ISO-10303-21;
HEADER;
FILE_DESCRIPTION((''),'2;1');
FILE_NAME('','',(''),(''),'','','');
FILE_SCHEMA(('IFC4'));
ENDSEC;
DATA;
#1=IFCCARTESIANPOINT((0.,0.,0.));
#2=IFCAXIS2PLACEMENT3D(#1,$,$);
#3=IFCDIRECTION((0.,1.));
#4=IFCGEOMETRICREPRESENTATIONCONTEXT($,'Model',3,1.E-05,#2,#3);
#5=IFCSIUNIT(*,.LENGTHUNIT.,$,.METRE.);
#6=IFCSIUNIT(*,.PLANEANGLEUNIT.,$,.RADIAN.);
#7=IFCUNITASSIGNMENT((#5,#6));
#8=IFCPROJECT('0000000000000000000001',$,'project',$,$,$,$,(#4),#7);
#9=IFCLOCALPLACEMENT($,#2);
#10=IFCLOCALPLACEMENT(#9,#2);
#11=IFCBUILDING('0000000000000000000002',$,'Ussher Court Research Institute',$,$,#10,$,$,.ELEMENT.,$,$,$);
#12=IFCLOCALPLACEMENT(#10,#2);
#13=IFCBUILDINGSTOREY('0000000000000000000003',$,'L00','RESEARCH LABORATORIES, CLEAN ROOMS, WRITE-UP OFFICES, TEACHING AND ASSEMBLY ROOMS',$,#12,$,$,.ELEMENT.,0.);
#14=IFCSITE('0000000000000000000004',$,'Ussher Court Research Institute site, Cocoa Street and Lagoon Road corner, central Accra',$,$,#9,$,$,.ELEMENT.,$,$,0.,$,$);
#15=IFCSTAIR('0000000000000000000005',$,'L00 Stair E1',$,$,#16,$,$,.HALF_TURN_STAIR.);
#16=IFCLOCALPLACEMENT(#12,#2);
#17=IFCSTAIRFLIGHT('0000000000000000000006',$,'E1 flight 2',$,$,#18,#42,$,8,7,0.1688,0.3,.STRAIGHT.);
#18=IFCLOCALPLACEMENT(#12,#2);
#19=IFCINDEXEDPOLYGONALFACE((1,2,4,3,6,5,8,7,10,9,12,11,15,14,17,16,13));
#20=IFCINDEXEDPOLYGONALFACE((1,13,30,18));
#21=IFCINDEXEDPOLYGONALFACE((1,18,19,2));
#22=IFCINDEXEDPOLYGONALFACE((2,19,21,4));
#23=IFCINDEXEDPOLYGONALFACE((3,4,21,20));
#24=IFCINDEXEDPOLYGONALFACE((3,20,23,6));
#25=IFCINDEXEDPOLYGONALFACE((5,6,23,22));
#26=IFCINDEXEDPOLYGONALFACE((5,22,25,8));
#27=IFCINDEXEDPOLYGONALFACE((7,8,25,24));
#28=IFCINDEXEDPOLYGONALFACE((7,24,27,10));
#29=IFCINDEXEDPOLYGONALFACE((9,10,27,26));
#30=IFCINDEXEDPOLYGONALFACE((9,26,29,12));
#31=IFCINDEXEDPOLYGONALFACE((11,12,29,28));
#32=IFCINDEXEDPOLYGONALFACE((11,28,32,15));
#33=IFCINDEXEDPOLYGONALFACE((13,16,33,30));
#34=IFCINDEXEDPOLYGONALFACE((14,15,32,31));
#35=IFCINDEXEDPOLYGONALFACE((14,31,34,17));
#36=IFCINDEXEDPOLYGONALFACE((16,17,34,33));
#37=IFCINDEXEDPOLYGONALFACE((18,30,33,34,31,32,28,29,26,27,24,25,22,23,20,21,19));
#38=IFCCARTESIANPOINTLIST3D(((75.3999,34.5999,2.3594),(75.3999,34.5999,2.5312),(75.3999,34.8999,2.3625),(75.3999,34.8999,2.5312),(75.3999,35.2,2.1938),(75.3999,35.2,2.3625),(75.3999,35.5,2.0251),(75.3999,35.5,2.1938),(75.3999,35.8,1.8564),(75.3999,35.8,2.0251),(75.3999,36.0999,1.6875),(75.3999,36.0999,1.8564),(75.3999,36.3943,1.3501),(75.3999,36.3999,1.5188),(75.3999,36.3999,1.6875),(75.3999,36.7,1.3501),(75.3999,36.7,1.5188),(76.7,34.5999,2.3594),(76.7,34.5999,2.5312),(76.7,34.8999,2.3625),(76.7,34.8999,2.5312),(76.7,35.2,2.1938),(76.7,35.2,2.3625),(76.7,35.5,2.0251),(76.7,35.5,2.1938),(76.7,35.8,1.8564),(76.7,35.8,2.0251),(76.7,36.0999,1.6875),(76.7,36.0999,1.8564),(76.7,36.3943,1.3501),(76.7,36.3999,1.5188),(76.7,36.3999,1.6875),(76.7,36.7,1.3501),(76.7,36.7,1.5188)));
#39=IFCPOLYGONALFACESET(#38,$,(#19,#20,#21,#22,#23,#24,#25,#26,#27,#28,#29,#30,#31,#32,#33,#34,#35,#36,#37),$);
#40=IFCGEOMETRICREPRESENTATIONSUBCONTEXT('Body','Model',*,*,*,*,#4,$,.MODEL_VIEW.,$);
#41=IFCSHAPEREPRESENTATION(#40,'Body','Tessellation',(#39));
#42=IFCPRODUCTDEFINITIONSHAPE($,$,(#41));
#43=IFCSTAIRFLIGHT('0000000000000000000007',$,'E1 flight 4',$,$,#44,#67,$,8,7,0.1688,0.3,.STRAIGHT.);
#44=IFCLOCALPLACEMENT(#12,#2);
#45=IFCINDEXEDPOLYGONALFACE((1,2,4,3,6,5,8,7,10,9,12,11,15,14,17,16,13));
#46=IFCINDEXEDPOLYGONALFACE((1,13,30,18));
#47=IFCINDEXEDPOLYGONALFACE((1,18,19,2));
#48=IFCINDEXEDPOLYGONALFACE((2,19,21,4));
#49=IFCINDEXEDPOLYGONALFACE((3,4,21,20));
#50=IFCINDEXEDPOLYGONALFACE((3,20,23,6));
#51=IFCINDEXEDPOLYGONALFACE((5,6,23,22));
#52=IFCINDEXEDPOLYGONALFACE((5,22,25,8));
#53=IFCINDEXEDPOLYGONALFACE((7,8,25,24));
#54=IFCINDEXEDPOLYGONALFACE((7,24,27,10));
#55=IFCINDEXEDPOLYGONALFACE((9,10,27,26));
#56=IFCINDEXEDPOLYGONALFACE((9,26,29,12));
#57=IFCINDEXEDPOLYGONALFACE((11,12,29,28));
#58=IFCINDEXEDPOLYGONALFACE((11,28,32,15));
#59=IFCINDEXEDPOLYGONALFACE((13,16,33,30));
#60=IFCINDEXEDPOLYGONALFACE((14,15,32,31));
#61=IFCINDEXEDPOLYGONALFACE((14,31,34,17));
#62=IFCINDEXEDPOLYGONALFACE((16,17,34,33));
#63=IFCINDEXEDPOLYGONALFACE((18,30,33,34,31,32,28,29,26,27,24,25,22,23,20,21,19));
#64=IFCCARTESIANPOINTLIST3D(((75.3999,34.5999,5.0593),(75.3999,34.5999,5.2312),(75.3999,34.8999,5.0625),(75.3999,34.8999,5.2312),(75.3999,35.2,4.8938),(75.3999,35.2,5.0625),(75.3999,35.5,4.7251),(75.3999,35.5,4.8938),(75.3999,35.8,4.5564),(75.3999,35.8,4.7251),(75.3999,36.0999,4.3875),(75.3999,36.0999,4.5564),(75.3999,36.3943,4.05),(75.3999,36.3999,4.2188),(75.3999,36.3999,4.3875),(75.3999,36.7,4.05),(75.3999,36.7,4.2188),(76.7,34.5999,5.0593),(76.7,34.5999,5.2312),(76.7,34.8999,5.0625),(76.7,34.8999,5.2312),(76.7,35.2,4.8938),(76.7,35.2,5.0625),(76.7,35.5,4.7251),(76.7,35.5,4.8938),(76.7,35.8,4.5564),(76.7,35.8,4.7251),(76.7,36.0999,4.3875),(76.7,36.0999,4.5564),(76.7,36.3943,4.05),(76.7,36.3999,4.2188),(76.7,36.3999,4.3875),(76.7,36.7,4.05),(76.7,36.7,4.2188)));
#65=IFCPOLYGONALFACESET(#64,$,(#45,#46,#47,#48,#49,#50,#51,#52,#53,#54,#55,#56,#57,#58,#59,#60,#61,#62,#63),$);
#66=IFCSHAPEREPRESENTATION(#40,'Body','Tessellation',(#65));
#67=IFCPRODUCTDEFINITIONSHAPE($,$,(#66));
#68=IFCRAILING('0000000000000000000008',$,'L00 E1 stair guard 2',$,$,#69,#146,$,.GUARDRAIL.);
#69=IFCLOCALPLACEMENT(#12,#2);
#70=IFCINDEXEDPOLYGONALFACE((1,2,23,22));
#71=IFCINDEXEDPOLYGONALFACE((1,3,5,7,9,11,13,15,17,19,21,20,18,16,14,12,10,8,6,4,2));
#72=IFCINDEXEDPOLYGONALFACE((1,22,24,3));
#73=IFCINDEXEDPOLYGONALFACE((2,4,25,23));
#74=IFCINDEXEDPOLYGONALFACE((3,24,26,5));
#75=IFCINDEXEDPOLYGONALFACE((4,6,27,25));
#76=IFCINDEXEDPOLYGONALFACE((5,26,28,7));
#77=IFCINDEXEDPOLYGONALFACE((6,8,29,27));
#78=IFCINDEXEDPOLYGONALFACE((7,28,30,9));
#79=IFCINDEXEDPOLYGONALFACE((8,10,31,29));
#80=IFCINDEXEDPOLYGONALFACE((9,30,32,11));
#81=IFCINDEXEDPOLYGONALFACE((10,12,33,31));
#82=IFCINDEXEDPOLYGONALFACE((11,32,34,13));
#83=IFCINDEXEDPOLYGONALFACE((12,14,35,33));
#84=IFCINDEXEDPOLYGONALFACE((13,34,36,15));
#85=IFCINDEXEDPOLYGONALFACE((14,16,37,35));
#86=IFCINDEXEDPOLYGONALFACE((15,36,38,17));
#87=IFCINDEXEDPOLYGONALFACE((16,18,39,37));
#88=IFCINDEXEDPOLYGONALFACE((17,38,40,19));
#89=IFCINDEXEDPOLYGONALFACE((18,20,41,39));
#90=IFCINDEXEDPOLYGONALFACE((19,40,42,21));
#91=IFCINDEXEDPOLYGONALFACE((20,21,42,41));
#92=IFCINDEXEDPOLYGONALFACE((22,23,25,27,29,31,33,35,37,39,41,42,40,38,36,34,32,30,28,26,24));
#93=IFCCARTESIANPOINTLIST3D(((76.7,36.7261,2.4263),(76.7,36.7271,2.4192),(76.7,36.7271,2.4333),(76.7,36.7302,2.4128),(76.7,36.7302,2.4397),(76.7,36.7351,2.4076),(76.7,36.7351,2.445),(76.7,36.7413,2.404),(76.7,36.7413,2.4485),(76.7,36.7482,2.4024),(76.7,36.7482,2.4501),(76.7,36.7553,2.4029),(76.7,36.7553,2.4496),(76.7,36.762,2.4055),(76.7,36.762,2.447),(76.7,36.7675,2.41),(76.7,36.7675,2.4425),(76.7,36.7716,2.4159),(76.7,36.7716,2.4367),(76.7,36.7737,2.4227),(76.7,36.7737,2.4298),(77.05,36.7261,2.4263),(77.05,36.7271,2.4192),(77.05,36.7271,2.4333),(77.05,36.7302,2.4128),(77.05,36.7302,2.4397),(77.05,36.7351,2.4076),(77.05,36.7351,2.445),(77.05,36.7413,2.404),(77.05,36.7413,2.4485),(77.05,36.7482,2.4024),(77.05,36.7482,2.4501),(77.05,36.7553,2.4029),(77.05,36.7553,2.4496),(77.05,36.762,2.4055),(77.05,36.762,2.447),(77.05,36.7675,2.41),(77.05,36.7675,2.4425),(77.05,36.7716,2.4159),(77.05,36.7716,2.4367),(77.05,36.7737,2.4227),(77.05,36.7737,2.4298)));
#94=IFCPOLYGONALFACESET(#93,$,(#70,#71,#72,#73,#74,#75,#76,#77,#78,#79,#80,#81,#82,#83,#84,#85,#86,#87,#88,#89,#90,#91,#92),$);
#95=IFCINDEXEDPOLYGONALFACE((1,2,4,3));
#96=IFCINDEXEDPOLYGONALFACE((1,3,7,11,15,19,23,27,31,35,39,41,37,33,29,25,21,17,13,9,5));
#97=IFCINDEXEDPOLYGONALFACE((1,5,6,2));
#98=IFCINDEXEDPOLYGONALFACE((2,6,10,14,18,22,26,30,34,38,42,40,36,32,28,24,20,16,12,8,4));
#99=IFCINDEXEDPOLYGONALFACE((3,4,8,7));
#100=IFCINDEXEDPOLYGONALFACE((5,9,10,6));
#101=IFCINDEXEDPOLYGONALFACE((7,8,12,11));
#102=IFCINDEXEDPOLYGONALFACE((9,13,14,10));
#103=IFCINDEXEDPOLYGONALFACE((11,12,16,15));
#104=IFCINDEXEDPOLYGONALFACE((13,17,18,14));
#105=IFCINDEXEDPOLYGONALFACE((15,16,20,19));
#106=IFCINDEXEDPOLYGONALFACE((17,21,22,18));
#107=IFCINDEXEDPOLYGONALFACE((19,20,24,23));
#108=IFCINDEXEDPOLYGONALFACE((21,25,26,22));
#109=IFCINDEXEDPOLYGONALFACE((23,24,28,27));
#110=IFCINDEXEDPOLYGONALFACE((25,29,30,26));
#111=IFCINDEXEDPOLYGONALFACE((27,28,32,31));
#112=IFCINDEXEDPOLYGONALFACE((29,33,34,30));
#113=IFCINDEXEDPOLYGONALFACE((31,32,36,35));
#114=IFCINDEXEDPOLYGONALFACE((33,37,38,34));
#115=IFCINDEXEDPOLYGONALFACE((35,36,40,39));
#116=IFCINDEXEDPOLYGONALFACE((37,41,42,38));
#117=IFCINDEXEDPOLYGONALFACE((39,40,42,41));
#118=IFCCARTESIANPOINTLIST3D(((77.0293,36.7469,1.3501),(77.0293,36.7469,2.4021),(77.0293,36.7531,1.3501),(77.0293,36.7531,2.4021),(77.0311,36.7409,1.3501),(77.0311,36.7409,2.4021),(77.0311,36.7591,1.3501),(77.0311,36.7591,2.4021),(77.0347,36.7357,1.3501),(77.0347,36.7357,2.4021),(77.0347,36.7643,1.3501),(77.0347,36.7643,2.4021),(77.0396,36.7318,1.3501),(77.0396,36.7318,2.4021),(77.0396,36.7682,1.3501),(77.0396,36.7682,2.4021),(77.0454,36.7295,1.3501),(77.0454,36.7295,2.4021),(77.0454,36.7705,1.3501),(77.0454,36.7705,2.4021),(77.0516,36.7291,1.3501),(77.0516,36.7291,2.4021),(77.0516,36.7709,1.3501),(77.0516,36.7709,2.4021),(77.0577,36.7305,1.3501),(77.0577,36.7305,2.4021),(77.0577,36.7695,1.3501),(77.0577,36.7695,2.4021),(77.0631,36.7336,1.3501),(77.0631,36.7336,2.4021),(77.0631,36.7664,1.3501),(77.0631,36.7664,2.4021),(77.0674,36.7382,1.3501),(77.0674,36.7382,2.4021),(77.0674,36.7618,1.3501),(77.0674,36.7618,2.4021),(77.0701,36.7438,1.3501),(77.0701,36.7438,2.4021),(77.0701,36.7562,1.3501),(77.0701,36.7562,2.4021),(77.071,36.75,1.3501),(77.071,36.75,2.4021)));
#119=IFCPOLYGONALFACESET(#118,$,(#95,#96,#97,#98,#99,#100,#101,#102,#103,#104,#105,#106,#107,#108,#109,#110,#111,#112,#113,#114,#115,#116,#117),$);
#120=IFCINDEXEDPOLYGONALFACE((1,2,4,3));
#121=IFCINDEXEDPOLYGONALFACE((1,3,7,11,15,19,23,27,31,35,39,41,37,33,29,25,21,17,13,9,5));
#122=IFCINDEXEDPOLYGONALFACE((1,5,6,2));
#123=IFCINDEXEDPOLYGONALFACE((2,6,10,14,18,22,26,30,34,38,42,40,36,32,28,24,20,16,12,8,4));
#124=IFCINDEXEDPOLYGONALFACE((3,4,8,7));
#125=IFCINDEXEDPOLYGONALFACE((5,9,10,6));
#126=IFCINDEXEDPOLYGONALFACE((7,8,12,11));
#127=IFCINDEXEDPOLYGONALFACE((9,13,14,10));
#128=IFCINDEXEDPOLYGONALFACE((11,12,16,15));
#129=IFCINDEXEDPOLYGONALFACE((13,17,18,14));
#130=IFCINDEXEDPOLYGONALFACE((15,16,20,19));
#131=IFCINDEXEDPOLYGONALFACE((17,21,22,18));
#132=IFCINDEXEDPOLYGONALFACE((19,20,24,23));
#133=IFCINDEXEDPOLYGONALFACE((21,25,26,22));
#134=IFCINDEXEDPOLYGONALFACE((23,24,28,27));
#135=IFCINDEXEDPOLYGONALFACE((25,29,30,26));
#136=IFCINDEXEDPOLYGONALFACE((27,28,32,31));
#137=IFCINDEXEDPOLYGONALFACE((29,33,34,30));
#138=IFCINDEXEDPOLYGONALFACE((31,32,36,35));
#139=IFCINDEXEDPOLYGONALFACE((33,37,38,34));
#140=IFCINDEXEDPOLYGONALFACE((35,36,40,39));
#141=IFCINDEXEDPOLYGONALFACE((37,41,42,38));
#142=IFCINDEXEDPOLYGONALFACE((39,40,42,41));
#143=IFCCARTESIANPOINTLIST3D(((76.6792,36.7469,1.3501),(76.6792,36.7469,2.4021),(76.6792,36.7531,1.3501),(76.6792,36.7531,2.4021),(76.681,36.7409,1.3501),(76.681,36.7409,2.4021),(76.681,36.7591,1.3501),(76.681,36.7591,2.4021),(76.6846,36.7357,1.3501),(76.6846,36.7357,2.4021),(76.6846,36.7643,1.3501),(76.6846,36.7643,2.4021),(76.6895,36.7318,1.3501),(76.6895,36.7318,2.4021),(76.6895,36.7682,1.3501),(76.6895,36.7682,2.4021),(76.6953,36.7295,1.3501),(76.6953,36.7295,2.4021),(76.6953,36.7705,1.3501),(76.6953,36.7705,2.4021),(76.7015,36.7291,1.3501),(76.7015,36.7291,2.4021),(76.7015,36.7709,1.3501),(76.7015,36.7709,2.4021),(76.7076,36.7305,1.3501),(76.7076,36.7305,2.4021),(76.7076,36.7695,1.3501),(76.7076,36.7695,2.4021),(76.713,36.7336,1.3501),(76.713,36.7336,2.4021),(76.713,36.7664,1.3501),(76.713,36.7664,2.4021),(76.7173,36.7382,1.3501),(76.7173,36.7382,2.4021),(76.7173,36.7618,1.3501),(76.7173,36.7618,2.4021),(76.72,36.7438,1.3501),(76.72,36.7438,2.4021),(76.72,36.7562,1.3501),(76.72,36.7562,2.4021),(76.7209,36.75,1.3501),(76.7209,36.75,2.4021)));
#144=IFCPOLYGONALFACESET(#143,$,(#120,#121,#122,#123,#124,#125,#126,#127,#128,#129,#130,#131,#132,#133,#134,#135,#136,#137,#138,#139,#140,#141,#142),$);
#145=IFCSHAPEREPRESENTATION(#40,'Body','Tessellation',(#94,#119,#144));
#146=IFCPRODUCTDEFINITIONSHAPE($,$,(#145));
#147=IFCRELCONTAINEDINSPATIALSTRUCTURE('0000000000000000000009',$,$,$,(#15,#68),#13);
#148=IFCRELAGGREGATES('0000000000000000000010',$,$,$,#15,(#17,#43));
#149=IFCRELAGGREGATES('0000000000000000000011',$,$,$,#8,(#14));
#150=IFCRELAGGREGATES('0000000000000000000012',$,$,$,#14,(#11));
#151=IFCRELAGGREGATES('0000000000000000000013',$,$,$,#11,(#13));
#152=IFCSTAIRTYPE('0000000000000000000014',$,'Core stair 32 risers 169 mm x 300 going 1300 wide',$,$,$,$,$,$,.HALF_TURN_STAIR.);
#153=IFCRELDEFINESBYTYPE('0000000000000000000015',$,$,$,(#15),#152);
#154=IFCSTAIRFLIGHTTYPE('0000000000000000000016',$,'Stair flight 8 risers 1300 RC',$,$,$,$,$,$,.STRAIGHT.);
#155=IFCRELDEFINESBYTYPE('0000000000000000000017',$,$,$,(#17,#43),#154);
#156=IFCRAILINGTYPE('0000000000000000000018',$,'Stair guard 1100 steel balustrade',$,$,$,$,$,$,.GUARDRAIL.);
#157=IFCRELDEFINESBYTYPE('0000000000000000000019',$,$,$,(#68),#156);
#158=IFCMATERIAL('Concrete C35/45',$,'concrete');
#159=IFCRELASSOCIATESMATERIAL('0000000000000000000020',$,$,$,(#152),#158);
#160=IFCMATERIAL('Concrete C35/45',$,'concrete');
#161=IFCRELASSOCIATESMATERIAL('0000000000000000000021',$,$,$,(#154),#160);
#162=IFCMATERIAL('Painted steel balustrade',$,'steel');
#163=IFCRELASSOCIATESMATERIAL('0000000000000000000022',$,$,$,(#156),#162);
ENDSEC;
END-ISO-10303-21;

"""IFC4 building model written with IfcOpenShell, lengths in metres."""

from ifc_helpers import new_model, si_unit, direction, frame, origin, origin_2d, place, context, subcontext, project, spatial, polyline, circle, outline, extrude, material, type_object, element, aggregate, save


model = new_model("IFC4")

# Units and contexts
model_context = context("Model", 3, precision=1e-05, world=origin(), true_north=direction((0.0, 1.0)))
body_context = subcontext(model_context, "Body", "Model", "MODEL_VIEW")
ifc_project = project(units=[si_unit("LENGTHUNIT", "METRE"), si_unit("PLANEANGLEUNIT", "RADIAN")], contexts=[model_context])

# Site, building, storey
site_placement = place(None, origin())
site = spatial("IfcSite", under=ifc_project, at=site_placement, Name="Ussher Court Research Institute site, Cocoa Street and Lagoon Road corner, central Accra", CompositionType="ELEMENT", RefElevation=0.0)
building_placement = place(site_placement, origin())
building = spatial("IfcBuilding", under=site, at=building_placement, Name="Ussher Court Research Institute", CompositionType="ELEMENT")
storey_placement = place(building_placement, origin())
storey = spatial("IfcBuildingStorey", under=building, at=storey_placement, Name="L00", Description="RESEARCH LABORATORIES, CLEAN ROOMS, WRITE-UP OFFICES, TEACHING AND ASSEMBLY ROOMS", CompositionType="ELEMENT", Elevation=0.0)

# Stair, stair flights
ifc_material_1 = material(Name="Concrete C35/45", Category="concrete")
stair_type = type_object("IfcStairType", Name="Core stair 32 risers 169 mm x 300 going 1300 wide", PredefinedType="HALF_TURN_STAIR", material=ifc_material_1)
stair_placement = place(storey_placement, origin())
stair = element("IfcStair", 1, at=stair_placement, inside=storey, type_object=stair_type, Name="L00 Stair E1", PredefinedType="HALF_TURN_STAIR")
ifc_material_2 = material(Name="Concrete C35/45", Category="concrete")
stair_flight_type = type_object("IfcStairFlightType", Name="Stair flight 8 risers 1300 RC", PredefinedType="STRAIGHT", material=ifc_material_2)
stair_flight_1_placement = place(storey_placement, frame((76.05, 36.7, 1.3501), z_axis=(0.0, 0.0, 1.0), x_axis=(0.0, -1.0, 0.0)))
stair_flight_1 = element("IfcStairFlight", 2, at=stair_flight_1_placement, type_object=stair_flight_type, Name="E1 flight 2", NumberOfRisers=8, NumberOfTreads=7, PredefinedType="STRAIGHT", RiserHeight=0.1688, TreadLength=0.3, context=body_context, shape_type="SweptSolid", body=[
    extrude(outline(polyline([(0.0, 0.0), (0.0, 0.1687), (0.3, 0.1687), (0.3, 0.3374), (0.6001, 0.3374), (0.6001, 0.5063), (0.8999, 0.5063), (0.8999, 0.675), (1.2, 0.675), (1.2, 0.8438), (1.5, 0.8438), (1.5, 1.0125), (1.8, 1.0125), (1.8, 1.1812), (2.1001, 1.1812), (2.1001, 1.3501), (2.1001, 1.0093), (0.3057, 0.0), (0.0, 0.0)])), frame((0.0, 0.6499, 0.0), z_axis=(0.0, -1.0, 0.0), x_axis=(1.0, 0.0, 0.0)), (0.0, 0.0, 1.0), 1.3),
])
stair_flight_2_placement = place(storey_placement, frame((76.05, 36.7, 4.05), z_axis=(0.0, 0.0, 1.0), x_axis=(0.0, -1.0, 0.0)))
stair_flight_2 = element("IfcStairFlight", 3, at=stair_flight_2_placement, type_object=stair_flight_type, Name="E1 flight 4", NumberOfRisers=8, NumberOfTreads=7, PredefinedType="STRAIGHT", RiserHeight=0.1688, TreadLength=0.3, context=body_context, shape_type="SweptSolid", body=[
    extrude(outline(polyline([(0.0, 0.0), (0.0, 0.1687), (0.3, 0.1687), (0.3, 0.3374), (0.6001, 0.3374), (0.6001, 0.5063), (0.8999, 0.5063), (0.8999, 0.675), (1.2, 0.675), (1.2, 0.8438), (1.5, 0.8438), (1.5, 1.0125), (1.8, 1.0125), (1.8, 1.1812), (2.1001, 1.1812), (2.1001, 1.3501), (2.1001, 1.0093), (0.3057, 0.0), (0.0, 0.0)])), frame((0.0, 0.6499, 0.0), z_axis=(0.0, -1.0, 0.0), x_axis=(1.0, 0.0, 0.0)), (0.0, 0.0, 1.0), 1.3),
])
aggregate(stair, [stair_flight_1, stair_flight_2])

# Railing
ifc_material_3 = material(Name="Painted steel balustrade", Category="steel")
railing_type_1 = type_object("IfcRailingType", Name="Stair guard 1100 steel balustrade", PredefinedType="GUARDRAIL", material=ifc_material_3)
railing_1_placement = place(storey_placement, frame((77.05, 36.75, 1.3501)))
element("IfcRailing", 4, at=railing_1_placement, inside=storey, type_object=railing_type_1, Name="L00 E1 stair guard 2", PredefinedType="GUARDRAIL", context=body_context, shape_type="SweptSolid", body=[
    extrude(circle(Radius=0.0239, at=origin_2d()), frame((0.0, 0.0, 1.0762), z_axis=(-1.0, 0.0, 0.0), x_axis=(0.0, -1.0, 0.0)), (0.0, 0.0, 1.0), 0.3501),
    extrude(circle(Radius=0.021, at=origin_2d()), origin(), (0.0, 0.0, 1.0), 1.052),
    extrude(circle(Radius=0.021, at=origin_2d()), frame((-0.3501, 0.0, 0.0)), (0.0, 0.0, 1.0), 1.052),
])

save(model, "model.ifc")
